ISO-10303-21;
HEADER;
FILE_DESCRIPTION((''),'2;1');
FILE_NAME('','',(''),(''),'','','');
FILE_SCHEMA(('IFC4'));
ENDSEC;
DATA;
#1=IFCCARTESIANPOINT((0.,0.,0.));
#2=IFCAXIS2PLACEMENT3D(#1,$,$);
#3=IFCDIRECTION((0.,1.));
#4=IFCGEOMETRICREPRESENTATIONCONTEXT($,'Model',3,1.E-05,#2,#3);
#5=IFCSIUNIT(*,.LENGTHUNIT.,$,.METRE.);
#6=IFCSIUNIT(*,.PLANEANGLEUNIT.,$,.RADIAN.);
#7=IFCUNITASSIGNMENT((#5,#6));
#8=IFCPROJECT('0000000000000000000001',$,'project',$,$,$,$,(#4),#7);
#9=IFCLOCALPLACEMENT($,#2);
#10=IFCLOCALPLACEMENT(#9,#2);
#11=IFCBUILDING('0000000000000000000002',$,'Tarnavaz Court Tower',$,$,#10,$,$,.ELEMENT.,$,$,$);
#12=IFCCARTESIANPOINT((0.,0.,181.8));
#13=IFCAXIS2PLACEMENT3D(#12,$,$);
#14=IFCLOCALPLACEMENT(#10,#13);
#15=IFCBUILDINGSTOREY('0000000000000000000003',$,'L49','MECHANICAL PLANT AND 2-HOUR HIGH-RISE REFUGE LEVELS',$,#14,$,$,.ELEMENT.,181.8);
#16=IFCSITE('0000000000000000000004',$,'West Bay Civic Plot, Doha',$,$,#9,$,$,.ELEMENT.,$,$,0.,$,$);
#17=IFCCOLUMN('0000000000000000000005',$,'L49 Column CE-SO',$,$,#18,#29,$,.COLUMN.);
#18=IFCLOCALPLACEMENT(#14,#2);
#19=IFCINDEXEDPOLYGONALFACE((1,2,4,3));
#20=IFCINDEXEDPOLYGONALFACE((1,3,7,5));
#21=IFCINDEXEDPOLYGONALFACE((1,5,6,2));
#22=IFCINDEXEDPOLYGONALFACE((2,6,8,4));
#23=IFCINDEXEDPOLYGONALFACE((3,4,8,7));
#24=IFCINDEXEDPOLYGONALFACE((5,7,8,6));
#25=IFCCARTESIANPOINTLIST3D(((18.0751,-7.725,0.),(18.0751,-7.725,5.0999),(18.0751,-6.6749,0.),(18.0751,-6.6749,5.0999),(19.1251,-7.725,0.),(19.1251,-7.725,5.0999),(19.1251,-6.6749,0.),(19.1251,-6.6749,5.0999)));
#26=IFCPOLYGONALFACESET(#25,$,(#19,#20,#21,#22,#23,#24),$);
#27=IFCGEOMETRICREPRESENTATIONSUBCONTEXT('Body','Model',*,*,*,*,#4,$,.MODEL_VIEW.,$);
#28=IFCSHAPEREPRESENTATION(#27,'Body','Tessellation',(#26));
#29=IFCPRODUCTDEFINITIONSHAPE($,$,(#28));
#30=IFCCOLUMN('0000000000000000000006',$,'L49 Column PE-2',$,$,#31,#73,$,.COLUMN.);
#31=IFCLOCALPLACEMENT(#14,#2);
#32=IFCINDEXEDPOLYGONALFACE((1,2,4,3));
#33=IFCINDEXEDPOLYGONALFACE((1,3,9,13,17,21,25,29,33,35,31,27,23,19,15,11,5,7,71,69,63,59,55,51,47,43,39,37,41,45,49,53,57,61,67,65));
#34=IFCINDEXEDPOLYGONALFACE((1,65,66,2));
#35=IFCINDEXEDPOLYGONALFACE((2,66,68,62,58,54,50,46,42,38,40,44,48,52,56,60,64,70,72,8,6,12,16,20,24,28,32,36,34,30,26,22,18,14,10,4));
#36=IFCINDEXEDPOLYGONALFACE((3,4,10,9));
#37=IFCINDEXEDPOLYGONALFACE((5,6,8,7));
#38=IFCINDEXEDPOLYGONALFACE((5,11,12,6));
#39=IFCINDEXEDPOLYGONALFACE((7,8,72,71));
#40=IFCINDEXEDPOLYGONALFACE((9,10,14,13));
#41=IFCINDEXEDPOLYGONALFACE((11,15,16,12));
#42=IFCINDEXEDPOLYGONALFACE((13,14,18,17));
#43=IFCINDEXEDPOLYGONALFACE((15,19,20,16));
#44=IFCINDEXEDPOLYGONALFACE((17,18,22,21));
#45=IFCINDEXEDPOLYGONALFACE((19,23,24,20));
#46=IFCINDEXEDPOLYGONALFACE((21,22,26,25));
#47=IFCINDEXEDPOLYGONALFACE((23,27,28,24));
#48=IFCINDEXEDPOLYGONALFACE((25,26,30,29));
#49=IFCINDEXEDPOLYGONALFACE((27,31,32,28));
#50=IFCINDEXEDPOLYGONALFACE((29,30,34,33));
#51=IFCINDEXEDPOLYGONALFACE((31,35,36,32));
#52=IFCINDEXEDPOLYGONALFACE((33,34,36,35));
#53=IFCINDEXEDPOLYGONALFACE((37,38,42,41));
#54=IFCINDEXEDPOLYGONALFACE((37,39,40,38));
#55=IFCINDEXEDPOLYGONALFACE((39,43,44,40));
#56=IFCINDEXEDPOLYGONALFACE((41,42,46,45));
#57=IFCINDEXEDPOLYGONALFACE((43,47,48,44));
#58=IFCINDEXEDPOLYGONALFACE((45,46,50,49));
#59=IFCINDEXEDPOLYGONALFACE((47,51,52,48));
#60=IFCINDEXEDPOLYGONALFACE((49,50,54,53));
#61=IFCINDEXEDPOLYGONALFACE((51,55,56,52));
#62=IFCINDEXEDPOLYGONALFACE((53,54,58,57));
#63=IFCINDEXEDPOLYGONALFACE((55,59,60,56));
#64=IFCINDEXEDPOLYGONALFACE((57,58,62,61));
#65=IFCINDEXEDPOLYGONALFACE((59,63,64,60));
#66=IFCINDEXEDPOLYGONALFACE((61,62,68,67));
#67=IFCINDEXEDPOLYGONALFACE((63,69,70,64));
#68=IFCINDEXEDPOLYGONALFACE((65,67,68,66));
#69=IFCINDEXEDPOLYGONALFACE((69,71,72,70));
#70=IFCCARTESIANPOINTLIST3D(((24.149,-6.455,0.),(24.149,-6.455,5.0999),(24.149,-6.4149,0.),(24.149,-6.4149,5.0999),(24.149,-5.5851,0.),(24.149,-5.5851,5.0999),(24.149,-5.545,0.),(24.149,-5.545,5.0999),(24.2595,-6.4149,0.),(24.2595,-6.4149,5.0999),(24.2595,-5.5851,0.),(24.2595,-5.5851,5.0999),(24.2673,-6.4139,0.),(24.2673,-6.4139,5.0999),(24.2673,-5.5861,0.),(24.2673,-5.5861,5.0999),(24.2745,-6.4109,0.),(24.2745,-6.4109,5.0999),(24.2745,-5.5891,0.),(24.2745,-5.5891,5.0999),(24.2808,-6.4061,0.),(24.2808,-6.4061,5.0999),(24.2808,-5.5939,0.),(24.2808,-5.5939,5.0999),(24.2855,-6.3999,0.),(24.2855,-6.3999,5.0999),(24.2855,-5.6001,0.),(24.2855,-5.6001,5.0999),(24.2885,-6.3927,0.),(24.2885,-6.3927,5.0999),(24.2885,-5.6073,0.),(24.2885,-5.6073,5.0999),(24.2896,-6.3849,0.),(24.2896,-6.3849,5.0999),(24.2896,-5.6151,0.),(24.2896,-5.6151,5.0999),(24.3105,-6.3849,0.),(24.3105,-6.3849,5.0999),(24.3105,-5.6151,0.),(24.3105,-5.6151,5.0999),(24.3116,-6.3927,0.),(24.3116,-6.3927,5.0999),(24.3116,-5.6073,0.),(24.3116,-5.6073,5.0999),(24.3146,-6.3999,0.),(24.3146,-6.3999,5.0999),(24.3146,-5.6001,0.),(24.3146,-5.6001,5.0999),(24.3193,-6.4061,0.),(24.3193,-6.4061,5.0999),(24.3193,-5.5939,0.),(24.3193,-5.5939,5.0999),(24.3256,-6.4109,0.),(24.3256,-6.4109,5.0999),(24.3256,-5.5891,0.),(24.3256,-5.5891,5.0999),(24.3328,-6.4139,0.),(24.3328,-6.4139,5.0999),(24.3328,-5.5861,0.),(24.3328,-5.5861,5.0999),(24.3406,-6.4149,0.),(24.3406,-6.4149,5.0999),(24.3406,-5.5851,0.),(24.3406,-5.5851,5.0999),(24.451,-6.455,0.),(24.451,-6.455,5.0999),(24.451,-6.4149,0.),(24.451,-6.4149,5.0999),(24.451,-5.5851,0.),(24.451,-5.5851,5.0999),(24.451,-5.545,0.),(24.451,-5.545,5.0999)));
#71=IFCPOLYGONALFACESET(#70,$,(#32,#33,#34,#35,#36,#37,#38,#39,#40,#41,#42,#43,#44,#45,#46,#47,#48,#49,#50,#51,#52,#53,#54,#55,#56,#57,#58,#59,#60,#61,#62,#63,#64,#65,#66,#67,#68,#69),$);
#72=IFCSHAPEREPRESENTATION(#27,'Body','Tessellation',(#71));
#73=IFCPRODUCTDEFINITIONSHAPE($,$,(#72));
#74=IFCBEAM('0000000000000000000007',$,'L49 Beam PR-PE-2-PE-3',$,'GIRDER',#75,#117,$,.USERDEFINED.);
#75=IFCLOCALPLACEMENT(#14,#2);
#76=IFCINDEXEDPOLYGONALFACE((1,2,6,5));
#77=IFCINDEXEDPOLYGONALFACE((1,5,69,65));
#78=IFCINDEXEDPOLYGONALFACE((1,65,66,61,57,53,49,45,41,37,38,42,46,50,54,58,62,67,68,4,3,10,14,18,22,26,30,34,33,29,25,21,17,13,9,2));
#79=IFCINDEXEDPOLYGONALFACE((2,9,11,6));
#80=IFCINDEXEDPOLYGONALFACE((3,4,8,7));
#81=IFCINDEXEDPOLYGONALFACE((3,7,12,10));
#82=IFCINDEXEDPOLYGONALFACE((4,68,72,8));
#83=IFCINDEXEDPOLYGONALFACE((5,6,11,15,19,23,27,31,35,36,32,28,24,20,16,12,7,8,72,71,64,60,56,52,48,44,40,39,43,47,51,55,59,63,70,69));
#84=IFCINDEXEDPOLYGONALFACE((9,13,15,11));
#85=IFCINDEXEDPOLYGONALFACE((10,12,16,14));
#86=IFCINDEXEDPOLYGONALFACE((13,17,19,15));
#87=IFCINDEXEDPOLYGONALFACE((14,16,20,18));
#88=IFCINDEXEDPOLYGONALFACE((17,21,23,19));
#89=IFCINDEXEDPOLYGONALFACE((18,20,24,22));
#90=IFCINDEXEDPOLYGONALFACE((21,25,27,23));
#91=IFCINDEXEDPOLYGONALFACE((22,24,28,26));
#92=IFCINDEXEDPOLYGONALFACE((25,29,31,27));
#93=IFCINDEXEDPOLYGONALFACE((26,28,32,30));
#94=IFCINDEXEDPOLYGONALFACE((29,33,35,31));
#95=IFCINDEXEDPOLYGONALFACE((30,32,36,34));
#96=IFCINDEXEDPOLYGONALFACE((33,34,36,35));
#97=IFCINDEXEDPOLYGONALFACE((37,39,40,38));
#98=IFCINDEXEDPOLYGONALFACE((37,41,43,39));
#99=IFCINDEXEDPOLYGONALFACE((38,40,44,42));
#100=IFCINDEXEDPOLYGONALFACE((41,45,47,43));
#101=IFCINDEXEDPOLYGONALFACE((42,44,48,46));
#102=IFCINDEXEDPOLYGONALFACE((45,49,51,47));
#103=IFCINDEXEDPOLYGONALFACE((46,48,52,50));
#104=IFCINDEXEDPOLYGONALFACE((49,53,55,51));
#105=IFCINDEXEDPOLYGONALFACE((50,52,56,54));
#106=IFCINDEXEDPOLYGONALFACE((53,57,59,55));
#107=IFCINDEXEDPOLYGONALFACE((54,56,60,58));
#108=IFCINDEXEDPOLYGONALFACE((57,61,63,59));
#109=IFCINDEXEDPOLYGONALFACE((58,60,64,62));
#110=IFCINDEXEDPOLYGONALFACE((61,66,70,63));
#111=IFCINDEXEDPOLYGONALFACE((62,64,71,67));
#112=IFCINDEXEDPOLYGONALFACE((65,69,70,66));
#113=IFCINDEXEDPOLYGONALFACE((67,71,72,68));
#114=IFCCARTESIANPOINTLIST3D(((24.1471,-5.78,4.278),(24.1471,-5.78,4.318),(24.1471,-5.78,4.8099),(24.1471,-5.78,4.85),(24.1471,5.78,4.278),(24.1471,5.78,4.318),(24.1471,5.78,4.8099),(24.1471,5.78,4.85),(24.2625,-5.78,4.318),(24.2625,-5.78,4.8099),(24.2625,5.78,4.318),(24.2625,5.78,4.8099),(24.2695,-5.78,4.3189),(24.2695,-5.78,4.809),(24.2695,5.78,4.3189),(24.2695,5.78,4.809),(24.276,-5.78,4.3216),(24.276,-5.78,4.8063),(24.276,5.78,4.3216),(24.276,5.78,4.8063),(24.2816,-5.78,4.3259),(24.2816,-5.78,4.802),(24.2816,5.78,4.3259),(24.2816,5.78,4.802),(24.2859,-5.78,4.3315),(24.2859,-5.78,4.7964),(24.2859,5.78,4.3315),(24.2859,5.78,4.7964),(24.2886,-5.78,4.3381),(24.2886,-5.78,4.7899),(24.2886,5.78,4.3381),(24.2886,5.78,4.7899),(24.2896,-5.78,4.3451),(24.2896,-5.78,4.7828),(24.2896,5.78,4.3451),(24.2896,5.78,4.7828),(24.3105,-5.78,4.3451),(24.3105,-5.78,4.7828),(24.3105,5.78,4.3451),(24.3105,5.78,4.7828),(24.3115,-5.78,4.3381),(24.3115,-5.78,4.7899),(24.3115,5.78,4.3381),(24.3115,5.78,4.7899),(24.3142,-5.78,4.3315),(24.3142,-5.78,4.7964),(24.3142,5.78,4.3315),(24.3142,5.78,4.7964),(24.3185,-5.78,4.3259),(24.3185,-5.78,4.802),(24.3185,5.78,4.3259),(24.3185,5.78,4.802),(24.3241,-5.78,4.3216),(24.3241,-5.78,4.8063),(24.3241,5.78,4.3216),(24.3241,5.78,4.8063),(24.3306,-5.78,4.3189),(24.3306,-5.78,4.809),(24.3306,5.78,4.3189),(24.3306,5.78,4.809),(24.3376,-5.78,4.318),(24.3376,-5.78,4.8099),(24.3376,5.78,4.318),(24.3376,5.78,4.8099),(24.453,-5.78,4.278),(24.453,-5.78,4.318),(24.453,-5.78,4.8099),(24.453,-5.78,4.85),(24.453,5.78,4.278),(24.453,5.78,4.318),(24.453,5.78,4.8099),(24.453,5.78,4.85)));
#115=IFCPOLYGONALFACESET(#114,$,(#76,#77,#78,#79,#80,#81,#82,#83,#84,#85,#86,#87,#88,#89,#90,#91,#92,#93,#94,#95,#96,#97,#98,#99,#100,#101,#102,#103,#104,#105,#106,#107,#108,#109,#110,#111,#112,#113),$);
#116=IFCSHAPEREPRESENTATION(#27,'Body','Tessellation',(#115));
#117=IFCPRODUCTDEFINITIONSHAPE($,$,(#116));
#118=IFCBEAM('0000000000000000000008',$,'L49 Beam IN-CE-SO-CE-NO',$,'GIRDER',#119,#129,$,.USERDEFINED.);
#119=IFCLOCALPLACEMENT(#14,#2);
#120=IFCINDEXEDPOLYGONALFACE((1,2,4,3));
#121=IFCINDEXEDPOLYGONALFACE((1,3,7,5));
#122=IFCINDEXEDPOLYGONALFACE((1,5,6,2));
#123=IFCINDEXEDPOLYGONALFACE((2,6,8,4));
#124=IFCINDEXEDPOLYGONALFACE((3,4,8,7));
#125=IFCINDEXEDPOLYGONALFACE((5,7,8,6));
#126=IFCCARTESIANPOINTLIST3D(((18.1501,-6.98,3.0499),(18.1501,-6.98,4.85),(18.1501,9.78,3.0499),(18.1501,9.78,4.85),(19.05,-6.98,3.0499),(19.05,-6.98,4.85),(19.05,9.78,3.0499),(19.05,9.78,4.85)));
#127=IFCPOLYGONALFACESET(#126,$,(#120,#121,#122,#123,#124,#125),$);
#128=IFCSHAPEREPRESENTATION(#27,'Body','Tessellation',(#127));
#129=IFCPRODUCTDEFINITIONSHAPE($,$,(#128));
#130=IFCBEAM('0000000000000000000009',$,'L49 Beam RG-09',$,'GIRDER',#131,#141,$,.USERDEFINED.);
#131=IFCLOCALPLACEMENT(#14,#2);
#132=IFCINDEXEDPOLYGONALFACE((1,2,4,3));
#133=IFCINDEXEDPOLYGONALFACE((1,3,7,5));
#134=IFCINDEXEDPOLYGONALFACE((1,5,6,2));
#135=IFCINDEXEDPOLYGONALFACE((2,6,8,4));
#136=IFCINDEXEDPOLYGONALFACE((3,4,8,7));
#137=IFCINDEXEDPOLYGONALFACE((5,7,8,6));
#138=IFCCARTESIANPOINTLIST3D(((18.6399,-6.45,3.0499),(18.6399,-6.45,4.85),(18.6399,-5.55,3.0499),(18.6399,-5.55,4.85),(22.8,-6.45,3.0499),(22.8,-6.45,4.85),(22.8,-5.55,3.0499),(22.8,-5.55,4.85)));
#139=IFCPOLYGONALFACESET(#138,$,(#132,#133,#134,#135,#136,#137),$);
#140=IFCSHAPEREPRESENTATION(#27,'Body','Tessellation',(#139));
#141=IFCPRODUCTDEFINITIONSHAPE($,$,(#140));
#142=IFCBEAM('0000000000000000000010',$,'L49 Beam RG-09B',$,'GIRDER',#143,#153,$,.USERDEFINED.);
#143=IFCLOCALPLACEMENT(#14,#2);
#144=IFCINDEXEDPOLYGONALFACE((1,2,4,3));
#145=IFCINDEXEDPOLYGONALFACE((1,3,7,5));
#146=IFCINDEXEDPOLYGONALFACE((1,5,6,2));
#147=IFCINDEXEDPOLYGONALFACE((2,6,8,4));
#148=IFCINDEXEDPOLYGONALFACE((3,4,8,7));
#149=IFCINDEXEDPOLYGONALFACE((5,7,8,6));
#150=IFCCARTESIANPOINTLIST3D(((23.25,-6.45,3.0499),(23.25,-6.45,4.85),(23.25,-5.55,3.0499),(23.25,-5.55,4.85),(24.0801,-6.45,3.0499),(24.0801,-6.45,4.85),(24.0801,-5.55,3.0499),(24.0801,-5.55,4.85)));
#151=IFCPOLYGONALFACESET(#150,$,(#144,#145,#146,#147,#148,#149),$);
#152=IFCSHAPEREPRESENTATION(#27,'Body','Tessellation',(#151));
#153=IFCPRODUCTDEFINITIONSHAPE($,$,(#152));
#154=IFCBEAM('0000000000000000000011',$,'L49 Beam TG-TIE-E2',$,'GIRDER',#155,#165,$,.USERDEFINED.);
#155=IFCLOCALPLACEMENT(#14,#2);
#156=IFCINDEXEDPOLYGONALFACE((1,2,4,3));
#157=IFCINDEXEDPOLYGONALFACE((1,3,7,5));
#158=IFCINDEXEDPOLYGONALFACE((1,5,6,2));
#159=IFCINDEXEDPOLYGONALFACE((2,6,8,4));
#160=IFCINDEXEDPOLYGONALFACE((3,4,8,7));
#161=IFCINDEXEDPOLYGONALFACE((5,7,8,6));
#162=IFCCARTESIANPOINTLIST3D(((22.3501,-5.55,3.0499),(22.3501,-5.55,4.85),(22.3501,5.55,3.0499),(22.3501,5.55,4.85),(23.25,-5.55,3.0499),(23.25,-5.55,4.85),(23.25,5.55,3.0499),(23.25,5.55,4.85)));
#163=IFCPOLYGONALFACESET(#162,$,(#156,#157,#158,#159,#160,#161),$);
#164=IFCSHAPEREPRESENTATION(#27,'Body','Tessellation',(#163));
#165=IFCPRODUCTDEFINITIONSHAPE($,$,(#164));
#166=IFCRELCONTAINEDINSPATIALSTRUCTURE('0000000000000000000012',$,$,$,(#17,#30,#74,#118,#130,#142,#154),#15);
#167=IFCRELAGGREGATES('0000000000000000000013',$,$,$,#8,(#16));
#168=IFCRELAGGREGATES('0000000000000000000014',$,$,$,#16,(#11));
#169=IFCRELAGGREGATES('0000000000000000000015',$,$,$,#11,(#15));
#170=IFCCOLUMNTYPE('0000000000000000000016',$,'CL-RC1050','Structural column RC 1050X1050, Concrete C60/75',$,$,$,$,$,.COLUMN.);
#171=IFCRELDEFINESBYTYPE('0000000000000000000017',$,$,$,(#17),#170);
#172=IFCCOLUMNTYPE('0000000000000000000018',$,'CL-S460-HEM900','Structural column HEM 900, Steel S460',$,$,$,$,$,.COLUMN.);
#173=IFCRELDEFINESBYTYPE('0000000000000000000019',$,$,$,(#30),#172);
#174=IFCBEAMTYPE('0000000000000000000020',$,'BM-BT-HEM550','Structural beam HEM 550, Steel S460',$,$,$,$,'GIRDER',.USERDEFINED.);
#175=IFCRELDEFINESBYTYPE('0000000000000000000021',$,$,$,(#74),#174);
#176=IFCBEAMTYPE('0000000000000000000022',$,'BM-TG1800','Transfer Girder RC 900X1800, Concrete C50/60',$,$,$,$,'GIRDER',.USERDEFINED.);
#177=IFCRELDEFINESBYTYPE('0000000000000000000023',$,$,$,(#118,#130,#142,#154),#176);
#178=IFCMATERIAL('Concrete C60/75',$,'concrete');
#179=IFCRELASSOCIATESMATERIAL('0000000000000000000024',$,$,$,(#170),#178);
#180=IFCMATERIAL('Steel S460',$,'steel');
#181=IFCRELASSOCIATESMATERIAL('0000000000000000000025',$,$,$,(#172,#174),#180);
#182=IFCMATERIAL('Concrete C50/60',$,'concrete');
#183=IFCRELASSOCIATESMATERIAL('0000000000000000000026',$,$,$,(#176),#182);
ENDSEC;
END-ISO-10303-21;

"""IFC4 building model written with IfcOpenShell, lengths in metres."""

from ifc_helpers import new_model, si_unit, direction, frame, origin, origin_2d, place, context, subcontext, project, spatial, rectangle, i_section, extrude, material, material_profile, profile_set, type_object, element, save


model = new_model("IFC4")

# Units and contexts
model_context = context("Model", 3, precision=1e-05, world=origin(), true_north=direction((0.0, 1.0)))
body_context = subcontext(model_context, "Body", "Model", "MODEL_VIEW")
ifc_project = project(units=[si_unit("LENGTHUNIT", "METRE"), si_unit("PLANEANGLEUNIT", "RADIAN")], contexts=[model_context])

# Site, building, storey
site_placement = place(None, origin())
site = spatial("IfcSite", under=ifc_project, at=site_placement, Name="West Bay Civic Plot, Doha", CompositionType="ELEMENT", RefElevation=0.0)
building_placement = place(site_placement, origin())
building = spatial("IfcBuilding", under=site, at=building_placement, Name="Tarnavaz Court Tower", CompositionType="ELEMENT")
storey_placement = place(building_placement, frame((0.0, 0.0, 181.8)))
storey = spatial("IfcBuildingStorey", under=building, at=storey_placement, Name="L49", Description="MECHANICAL PLANT AND 2-HOUR HIGH-RISE REFUGE LEVELS", CompositionType="ELEMENT", Elevation=181.8)

# Columns
ifc_material_1 = material(Name="Concrete C60/75", Category="concrete")
ifc_material_profile_1 = material_profile(ifc_material_1, rectangle(XDim=1.05, YDim=1.05, at=origin_2d()), Name="RC 1050X1050")
ifc_profile_set_1 = profile_set([ifc_material_profile_1], Name="Concrete C60/75")
column_type_1 = type_object("IfcColumnType", Name="CL-RC1050", Description="Structural column RC 1050X1050, Concrete C60/75", PredefinedType="COLUMN", material=ifc_profile_set_1)
column_1_placement = place(storey_placement, frame((18.6001, -7.2, 0.0), z_axis=(0.0, 0.0, 1.0), x_axis=(1.0, 0.0, 0.0)))
element("IfcColumn", 1, at=column_1_placement, inside=storey, type_object=column_type_1, Name="L49 Column CE-SO", PredefinedType="COLUMN", context=body_context, shape_type="SweptSolid", body=[
    extrude(rectangle(XDim=1.05, YDim=1.05, at=origin_2d()), origin(), (0.0, 0.0, 1.0), 5.0999),
])
ifc_material_2 = material(Name="Steel S460", Category="steel")
ifc_material_profile_2 = material_profile(ifc_material_2, i_section(OverallWidth=0.302, OverallDepth=0.9099, WebThickness=0.021, FlangeThickness=0.04, FilletRadius=0.03, at=origin_2d()), Name="HEM 900")
ifc_profile_set_2 = profile_set([ifc_material_profile_2], Name="Steel S460")
column_type_2 = type_object("IfcColumnType", Name="CL-S460-HEM900", Description="Structural column HEM 900, Steel S460", PredefinedType="COLUMN", material=ifc_profile_set_2)
column_2_placement = place(storey_placement, frame((24.3, -6.0, 0.0), z_axis=(0.0, 0.0, 1.0), x_axis=(1.0, 0.0, 0.0)))
element("IfcColumn", 2, at=column_2_placement, inside=storey, type_object=column_type_2, Name="L49 Column PE-2", PredefinedType="COLUMN", context=body_context, shape_type="SweptSolid", body=[
    extrude(i_section(OverallWidth=0.302, OverallDepth=0.9099, WebThickness=0.021, FlangeThickness=0.04, FilletRadius=0.03, at=origin_2d()), origin(), (0.0, 0.0, 1.0), 5.0999),
])

# Beams
ifc_material_profile_3 = material_profile(ifc_material_2, i_section(OverallWidth=0.3059, OverallDepth=0.572, WebThickness=0.021, FlangeThickness=0.04, FilletRadius=0.0271, at=origin_2d()), Name="HEM 550")
ifc_profile_set_3 = profile_set([ifc_material_profile_3], Name="Steel S460")
beam_type_1 = type_object("IfcBeamType", Name="BM-BT-HEM550", Description="Structural beam HEM 550, Steel S460", ElementType="GIRDER", PredefinedType="USERDEFINED", material=ifc_profile_set_3)
beam_1_placement = place(storey_placement, frame((24.3, -5.78, 4.564), z_axis=(0.0, 1.0, 0.0), x_axis=(-1.0, 0.0, 0.0)))
element("IfcBeam", 3, at=beam_1_placement, inside=storey, type_object=beam_type_1, Name="L49 Beam PR-PE-2-PE-3", ObjectType="GIRDER", PredefinedType="USERDEFINED", context=body_context, shape_type="SweptSolid", body=[
    extrude(i_section(OverallWidth=0.3059, OverallDepth=0.572, WebThickness=0.021, FlangeThickness=0.04, FilletRadius=0.0271, at=origin_2d()), origin(), (0.0, 0.0, 1.0), 11.5601),
])
ifc_material_3 = material(Name="Concrete C50/60", Category="concrete")
ifc_material_profile_4 = material_profile(ifc_material_3, rectangle(XDim=0.8999, YDim=1.8, at=origin_2d()), Name="RC 900X1800")
ifc_profile_set_4 = profile_set([ifc_material_profile_4], Name="Concrete C50/60")
beam_type_2 = type_object("IfcBeamType", Name="BM-TG1800", Description="Transfer Girder RC 900X1800, Concrete C50/60", ElementType="GIRDER", PredefinedType="USERDEFINED", material=ifc_profile_set_4)
beam_2_placement = place(storey_placement, frame((18.6001, -6.98, 3.95), z_axis=(0.0, 1.0, 0.0), x_axis=(-1.0, 0.0, 0.0)))
element("IfcBeam", 4, at=beam_2_placement, inside=storey, type_object=beam_type_2, Name="L49 Beam IN-CE-SO-CE-NO", ObjectType="GIRDER", PredefinedType="USERDEFINED", context=body_context, shape_type="SweptSolid", body=[
    extrude(rectangle(XDim=0.8999, YDim=1.8, at=origin_2d()), origin(), (0.0, 0.0, 1.0), 16.76),
])
beam_3_placement = place(storey_placement, frame((18.6399, -6.0, 3.95), z_axis=(1.0, 0.0, 0.0), x_axis=(0.0, 1.0, 0.0)))
element("IfcBeam", 5, at=beam_3_placement, inside=storey, type_object=beam_type_2, Name="L49 Beam RG-09", ObjectType="GIRDER", PredefinedType="USERDEFINED", context=body_context, shape_type="SweptSolid", body=[
    extrude(rectangle(XDim=0.8999, YDim=1.8, at=origin_2d()), origin(), (0.0, 0.0, 1.0), 4.1602),
])
beam_4_placement = place(storey_placement, frame((23.25, -6.0, 3.95), z_axis=(1.0, 0.0, 0.0), x_axis=(0.0, 1.0, 0.0)))
element("IfcBeam", 6, at=beam_4_placement, inside=storey, type_object=beam_type_2, Name="L49 Beam RG-09B", ObjectType="GIRDER", PredefinedType="USERDEFINED", context=body_context, shape_type="SweptSolid", body=[
    extrude(rectangle(XDim=0.8999, YDim=1.8, at=origin_2d()), origin(), (0.0, 0.0, 1.0), 0.8301),
])
beam_5_placement = place(storey_placement, frame((22.8, -5.55, 3.95), z_axis=(0.0, 1.0, 0.0), x_axis=(-1.0, 0.0, 0.0)))
element("IfcBeam", 7, at=beam_5_placement, inside=storey, type_object=beam_type_2, Name="L49 Beam TG-TIE-E2", ObjectType="GIRDER", PredefinedType="USERDEFINED", context=body_context, shape_type="SweptSolid", body=[
    extrude(rectangle(XDim=0.8999, YDim=1.8, at=origin_2d()), origin(), (0.0, 0.0, 1.0), 11.1001),
])

save(model, "model.ifc")
